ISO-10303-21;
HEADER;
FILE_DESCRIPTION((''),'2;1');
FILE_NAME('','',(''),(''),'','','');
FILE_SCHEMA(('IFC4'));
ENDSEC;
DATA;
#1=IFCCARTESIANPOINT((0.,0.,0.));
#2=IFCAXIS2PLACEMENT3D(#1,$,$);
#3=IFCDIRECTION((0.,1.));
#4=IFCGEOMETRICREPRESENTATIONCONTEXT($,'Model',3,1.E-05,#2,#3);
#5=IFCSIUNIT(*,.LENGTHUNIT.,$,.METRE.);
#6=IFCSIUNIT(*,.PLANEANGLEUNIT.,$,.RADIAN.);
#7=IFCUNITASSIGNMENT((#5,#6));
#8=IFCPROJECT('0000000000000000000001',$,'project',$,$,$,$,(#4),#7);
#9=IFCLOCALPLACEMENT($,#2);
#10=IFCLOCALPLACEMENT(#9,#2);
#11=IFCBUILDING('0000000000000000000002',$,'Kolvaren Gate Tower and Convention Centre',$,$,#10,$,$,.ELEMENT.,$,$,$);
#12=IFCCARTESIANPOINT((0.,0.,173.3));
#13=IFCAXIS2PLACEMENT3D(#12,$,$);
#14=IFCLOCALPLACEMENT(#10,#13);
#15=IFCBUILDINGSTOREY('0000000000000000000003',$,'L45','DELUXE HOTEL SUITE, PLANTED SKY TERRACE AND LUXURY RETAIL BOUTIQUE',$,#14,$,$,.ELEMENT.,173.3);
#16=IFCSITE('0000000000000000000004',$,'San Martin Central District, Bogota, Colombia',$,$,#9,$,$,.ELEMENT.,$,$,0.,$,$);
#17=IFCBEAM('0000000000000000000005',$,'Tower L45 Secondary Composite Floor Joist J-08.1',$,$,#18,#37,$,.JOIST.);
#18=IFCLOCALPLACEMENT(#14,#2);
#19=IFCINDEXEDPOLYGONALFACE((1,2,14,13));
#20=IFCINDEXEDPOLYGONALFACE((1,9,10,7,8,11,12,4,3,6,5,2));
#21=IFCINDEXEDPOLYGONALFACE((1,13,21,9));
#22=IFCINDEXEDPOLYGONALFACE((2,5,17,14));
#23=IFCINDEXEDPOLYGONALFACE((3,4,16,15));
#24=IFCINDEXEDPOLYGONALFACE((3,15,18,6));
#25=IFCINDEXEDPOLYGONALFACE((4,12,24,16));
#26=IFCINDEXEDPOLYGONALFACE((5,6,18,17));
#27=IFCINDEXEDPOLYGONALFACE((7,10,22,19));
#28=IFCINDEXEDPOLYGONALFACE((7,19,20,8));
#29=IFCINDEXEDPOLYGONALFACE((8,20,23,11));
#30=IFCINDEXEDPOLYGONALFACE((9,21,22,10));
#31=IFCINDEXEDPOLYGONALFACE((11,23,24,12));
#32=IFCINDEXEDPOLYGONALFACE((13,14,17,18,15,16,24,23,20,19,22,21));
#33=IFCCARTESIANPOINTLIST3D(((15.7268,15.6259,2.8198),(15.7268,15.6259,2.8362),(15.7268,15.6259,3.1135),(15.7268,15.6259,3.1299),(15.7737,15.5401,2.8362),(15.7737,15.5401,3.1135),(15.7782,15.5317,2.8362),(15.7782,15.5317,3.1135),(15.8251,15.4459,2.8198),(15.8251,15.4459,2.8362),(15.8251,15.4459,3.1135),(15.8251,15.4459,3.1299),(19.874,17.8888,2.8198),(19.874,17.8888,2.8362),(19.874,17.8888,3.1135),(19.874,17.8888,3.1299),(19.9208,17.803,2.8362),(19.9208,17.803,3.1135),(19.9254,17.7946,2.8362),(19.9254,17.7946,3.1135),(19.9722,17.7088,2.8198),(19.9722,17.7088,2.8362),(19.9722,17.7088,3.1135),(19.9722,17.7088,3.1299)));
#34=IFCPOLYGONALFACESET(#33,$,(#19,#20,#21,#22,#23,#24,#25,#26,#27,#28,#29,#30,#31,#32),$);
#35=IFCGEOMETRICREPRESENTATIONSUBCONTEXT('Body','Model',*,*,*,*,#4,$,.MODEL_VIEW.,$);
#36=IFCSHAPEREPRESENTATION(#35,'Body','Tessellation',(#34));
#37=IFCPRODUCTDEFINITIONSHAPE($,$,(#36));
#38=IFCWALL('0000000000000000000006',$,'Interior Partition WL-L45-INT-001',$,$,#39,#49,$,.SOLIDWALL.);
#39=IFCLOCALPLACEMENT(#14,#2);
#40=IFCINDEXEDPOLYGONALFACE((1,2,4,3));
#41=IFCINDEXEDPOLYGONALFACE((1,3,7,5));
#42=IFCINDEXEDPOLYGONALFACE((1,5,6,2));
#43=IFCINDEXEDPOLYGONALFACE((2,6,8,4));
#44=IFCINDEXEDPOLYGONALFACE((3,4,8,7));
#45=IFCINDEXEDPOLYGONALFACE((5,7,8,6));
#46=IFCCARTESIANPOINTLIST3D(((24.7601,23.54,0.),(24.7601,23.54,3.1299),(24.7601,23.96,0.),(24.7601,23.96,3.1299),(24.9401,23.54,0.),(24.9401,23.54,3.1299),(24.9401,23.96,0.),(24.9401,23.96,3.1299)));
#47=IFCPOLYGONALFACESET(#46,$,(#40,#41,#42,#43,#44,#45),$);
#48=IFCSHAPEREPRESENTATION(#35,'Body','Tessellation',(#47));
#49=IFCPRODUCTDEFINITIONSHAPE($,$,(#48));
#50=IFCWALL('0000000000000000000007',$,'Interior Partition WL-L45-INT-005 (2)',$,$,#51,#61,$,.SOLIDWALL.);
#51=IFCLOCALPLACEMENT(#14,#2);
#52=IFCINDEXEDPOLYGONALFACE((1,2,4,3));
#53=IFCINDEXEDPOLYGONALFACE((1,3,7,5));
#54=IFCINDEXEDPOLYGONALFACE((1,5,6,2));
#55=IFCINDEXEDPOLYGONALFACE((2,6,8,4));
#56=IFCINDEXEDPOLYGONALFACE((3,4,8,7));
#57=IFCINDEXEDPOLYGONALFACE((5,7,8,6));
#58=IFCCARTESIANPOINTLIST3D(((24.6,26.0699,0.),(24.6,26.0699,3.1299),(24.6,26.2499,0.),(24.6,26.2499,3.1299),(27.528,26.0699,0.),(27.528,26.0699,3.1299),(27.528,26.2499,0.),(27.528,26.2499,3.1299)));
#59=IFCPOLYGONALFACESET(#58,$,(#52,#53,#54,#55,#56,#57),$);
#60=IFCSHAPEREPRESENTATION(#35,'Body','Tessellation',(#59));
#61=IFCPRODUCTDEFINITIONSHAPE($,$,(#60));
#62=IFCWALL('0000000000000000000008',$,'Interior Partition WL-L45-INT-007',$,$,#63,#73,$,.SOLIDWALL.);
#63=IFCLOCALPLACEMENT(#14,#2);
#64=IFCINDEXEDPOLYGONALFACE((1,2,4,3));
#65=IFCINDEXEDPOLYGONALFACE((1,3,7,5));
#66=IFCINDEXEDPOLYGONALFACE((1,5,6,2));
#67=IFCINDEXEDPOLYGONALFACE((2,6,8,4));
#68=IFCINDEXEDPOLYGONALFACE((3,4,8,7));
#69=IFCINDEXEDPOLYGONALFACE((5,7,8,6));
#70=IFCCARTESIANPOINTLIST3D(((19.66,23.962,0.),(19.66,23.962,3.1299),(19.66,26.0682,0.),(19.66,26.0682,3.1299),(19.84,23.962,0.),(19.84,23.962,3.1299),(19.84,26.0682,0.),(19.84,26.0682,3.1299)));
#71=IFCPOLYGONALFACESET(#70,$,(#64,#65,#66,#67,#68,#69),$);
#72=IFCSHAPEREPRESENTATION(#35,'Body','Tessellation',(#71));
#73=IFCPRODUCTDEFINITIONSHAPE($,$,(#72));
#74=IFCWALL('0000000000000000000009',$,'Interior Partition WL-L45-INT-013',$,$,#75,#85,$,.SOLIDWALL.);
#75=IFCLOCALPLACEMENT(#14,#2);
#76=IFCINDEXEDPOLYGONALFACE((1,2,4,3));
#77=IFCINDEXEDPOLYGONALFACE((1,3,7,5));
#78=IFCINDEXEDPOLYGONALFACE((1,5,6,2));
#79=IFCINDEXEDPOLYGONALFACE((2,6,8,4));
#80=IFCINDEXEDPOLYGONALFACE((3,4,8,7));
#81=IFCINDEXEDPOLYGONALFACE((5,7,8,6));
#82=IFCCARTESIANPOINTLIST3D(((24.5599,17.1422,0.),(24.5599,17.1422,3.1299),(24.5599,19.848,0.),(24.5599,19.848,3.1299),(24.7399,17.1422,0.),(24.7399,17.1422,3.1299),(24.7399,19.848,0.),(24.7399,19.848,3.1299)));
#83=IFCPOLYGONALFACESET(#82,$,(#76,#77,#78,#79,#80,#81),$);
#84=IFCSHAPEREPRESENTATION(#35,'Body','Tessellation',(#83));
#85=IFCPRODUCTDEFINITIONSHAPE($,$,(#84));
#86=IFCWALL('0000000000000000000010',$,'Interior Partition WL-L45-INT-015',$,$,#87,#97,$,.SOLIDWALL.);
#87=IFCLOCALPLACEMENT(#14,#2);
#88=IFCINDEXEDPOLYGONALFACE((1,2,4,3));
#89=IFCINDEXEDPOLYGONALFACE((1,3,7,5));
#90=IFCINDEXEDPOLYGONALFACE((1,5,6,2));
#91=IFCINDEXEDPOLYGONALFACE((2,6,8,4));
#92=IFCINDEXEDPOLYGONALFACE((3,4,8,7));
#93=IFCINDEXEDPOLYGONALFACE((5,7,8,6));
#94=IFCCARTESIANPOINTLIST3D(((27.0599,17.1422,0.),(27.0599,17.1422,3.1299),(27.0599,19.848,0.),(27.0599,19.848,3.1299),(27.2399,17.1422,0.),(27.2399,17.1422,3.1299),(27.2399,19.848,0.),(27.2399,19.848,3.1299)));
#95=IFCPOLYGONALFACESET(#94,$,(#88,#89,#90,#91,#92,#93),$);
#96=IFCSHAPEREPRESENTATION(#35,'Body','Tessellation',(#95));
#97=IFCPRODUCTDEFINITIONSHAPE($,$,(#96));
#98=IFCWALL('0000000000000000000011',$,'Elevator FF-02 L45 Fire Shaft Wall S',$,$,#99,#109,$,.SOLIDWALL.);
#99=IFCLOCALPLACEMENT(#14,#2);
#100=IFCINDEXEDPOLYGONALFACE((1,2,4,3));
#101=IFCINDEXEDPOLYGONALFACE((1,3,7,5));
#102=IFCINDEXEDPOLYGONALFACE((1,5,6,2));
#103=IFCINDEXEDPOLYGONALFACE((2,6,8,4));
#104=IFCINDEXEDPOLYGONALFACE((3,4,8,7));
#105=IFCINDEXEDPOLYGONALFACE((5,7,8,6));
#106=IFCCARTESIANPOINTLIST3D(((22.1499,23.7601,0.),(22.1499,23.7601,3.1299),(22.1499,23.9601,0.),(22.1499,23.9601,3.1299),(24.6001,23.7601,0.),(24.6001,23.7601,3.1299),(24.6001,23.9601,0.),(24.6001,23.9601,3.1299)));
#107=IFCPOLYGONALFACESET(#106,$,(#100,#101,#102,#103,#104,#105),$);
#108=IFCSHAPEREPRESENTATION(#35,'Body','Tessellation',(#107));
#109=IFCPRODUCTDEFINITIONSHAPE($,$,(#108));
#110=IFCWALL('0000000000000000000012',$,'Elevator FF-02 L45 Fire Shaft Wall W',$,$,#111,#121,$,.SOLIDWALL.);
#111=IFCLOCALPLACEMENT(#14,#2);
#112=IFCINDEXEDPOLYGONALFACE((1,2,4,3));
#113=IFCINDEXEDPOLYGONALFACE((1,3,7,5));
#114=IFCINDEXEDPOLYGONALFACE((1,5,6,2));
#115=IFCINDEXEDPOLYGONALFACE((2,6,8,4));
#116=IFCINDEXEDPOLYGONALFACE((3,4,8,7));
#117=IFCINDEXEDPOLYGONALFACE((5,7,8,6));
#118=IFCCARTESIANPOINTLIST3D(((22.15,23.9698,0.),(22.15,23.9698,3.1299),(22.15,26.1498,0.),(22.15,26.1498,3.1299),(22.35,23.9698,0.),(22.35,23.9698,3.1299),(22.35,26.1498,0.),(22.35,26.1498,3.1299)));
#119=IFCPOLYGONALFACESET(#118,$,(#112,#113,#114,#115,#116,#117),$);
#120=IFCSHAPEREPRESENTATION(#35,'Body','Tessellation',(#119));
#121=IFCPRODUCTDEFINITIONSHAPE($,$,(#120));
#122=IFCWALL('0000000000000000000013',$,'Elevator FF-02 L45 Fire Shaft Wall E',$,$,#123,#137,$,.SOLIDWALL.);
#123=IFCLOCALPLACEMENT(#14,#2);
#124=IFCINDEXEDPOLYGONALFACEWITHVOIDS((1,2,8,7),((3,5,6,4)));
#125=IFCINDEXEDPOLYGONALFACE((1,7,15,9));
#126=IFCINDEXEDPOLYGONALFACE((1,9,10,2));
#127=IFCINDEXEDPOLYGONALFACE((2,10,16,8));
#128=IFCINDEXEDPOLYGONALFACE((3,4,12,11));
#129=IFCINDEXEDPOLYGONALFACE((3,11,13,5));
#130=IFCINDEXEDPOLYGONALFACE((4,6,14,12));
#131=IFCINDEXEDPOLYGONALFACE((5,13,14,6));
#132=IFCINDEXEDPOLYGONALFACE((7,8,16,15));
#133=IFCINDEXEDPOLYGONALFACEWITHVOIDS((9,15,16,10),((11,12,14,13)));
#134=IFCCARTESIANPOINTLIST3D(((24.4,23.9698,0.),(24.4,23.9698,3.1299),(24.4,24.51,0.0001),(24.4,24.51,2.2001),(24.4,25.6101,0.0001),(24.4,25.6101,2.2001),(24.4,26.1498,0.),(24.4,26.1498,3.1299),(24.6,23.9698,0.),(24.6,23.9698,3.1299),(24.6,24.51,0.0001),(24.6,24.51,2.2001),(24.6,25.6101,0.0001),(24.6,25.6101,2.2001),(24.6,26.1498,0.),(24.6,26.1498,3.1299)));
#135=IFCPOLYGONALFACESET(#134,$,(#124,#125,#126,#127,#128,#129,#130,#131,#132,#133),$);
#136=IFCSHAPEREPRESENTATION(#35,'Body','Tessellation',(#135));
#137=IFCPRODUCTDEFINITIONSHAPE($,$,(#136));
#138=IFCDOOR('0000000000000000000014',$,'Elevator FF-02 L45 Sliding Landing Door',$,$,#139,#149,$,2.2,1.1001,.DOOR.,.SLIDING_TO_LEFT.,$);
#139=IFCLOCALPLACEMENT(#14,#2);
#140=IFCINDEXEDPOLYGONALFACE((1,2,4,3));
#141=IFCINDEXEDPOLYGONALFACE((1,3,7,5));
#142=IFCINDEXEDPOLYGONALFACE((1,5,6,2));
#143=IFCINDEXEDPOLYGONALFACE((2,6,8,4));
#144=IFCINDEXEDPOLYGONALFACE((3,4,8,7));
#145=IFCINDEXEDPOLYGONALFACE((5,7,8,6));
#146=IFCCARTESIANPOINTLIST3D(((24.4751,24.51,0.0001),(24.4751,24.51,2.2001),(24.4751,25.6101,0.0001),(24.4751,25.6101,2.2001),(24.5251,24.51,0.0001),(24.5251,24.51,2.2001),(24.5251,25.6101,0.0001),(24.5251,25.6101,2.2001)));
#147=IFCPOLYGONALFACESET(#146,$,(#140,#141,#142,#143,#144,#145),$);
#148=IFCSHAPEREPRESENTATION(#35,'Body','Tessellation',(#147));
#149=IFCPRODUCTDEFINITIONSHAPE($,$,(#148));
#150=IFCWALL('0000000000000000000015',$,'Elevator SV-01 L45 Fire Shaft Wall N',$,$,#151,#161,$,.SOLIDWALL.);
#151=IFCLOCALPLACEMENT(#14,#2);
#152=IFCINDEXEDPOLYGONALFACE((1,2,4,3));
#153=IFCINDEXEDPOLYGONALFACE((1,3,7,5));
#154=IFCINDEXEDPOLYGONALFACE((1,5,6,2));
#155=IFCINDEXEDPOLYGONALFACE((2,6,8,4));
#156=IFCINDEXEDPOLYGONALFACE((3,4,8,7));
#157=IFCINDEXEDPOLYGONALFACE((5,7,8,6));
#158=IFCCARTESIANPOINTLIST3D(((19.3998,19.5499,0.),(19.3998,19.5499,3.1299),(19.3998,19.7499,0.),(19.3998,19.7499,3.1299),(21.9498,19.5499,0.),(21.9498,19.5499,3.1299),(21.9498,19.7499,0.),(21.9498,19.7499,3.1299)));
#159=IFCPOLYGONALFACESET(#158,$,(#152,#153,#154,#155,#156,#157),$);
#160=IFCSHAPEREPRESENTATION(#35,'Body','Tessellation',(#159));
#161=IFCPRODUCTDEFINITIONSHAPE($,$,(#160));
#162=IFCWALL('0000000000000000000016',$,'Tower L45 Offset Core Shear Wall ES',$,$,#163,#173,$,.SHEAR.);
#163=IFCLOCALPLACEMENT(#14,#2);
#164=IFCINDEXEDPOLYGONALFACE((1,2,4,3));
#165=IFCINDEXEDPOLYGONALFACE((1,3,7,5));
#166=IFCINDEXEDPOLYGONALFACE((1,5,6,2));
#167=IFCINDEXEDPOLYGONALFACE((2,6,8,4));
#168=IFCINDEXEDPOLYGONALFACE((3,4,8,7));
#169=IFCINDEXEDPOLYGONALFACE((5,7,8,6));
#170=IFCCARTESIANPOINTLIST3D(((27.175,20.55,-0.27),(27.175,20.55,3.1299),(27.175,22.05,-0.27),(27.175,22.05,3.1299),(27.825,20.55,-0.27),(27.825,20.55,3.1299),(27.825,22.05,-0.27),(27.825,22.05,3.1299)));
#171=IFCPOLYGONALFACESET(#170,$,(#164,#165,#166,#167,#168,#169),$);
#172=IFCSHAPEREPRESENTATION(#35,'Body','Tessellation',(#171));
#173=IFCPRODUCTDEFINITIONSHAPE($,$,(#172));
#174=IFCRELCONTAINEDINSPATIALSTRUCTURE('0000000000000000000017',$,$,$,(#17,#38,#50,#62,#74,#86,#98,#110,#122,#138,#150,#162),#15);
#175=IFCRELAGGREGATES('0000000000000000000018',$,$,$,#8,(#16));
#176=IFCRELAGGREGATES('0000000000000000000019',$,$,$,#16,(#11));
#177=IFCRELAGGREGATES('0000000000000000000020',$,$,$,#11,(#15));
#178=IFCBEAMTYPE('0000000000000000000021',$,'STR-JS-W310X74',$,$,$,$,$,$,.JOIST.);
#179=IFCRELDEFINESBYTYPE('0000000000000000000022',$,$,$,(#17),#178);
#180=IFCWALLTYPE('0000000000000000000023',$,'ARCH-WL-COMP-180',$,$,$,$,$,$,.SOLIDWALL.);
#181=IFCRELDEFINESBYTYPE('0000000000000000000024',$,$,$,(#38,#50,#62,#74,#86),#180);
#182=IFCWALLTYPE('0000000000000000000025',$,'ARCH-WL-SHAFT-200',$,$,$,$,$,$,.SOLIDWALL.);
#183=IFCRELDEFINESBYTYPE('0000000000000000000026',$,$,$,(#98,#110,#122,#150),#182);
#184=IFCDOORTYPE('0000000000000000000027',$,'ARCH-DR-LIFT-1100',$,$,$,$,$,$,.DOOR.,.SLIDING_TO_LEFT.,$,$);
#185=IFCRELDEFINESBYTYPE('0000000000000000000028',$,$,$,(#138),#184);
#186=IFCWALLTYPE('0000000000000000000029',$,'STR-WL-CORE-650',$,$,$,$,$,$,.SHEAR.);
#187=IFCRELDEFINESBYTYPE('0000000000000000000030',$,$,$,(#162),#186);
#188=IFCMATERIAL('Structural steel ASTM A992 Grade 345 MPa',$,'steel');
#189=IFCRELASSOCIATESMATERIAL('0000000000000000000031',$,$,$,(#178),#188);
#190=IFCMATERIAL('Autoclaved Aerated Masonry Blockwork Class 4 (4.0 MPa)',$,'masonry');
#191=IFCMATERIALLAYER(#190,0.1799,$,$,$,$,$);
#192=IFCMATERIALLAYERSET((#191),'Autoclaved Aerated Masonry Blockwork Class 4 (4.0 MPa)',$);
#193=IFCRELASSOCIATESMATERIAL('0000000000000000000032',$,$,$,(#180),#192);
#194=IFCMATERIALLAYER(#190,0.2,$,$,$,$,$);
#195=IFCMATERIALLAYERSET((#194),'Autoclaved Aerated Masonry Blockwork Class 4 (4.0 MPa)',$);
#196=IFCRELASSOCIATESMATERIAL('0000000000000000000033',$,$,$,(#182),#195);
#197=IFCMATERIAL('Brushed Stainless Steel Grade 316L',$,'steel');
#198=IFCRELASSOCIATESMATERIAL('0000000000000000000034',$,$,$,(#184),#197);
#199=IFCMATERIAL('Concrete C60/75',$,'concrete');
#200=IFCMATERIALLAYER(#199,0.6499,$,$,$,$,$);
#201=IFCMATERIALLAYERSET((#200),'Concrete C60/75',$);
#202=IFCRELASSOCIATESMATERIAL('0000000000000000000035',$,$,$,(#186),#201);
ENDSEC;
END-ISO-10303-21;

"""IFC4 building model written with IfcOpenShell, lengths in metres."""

from ifc_helpers import new_model, si_unit, direction, frame, frame_2d, origin, origin_2d, place, context, subcontext, project, spatial, rectangle, i_section, extrude, material, layer, layer_set, material_profile, profile_set, type_object, element, fill, save


model = new_model("IFC4")

# Units and contexts
model_context = context("Model", 3, precision=1e-05, world=origin(), true_north=direction((0.0, 1.0)))
body_context = subcontext(model_context, "Body", "Model", "MODEL_VIEW")
ifc_project = project(units=[si_unit("LENGTHUNIT", "METRE"), si_unit("PLANEANGLEUNIT", "RADIAN")], contexts=[model_context])

# Site, building, storey
site_placement = place(None, origin())
site = spatial("IfcSite", under=ifc_project, at=site_placement, Name="San Martin Central District, Bogota, Colombia", CompositionType="ELEMENT", RefElevation=0.0)
building_placement = place(site_placement, origin())
building = spatial("IfcBuilding", under=site, at=building_placement, Name="Kolvaren Gate Tower and Convention Centre", CompositionType="ELEMENT")
storey_placement = place(building_placement, frame((0.0, 0.0, 173.3)))
storey = spatial("IfcBuildingStorey", under=building, at=storey_placement, Name="L45", Description="DELUXE HOTEL SUITE, PLANTED SKY TERRACE AND LUXURY RETAIL BOUTIQUE", CompositionType="ELEMENT", Elevation=173.3)

# Beam
ifc_material_1 = material(Name="Structural steel ASTM A992 Grade 345 MPa", Category="steel")
ifc_material_profile = material_profile(ifc_material_1, i_section(OverallWidth=0.2051, OverallDepth=0.3101, WebThickness=0.0095, FlangeThickness=0.0164, at=origin_2d()), Name="W310X74")
ifc_profile_set = profile_set([ifc_material_profile], Name="Structural steel ASTM A992 Grade 345 MPa")
beam_type = type_object("IfcBeamType", Name="STR-JS-W310X74", PredefinedType="JOIST", material=ifc_profile_set)
beam_placement = place(storey_placement, frame((19.9231, 17.7988, 2.9749), z_axis=(-0.877822, -0.478986, 0.0), x_axis=(0.478986, -0.877822, 0.0)))
element("IfcBeam", 1, at=beam_placement, inside=storey, type_object=beam_type, Name="Tower L45 Secondary Composite Floor Joist J-08.1", PredefinedType="JOIST", context=body_context, shape_type="SweptSolid", body=[
    extrude(i_section(OverallWidth=0.2051, OverallDepth=0.3101, WebThickness=0.0095, FlangeThickness=0.0164, at=origin_2d()), origin(), (0.0, 0.0, 1.0), 4.7244),
])

# Walls
ifc_material_2 = material(Name="Autoclaved Aerated Masonry Blockwork Class 4 (4.0 MPa)", Category="masonry")
ifc_layer_1 = layer(ifc_material_2, 0.1799)
ifc_layer_set_1 = layer_set([ifc_layer_1], Name="Autoclaved Aerated Masonry Blockwork Class 4 (4.0 MPa)")
wall_type_1 = type_object("IfcWallType", Name="ARCH-WL-COMP-180", PredefinedType="SOLIDWALL", material=ifc_layer_set_1)
wall_1_placement = place(storey_placement, frame((24.8501, 23.54, 0.0), z_axis=(0.0, 0.0, 1.0), x_axis=(0.0, 1.0, 0.0)))
element("IfcWall", 2, at=wall_1_placement, inside=storey, type_object=wall_type_1, Name="Interior Partition WL-L45-INT-001", PredefinedType="SOLIDWALL", context=body_context, shape_type="SweptSolid", body=[
    extrude(rectangle(XDim=0.4199, YDim=0.1799, at=frame_2d((0.21, 0.0))), origin(), (0.0, 0.0, 1.0), 3.1299),
])
wall_2_placement = place(storey_placement, frame((24.6001, 26.1599, 0.0), z_axis=(0.0, 0.0, 1.0), x_axis=(1.0, 0.0, 0.0)))
element("IfcWall", 3, at=wall_2_placement, inside=storey, type_object=wall_type_1, Name="Interior Partition WL-L45-INT-005 (2)", PredefinedType="SOLIDWALL", context=body_context, shape_type="SweptSolid", body=[
    extrude(rectangle(XDim=2.928, YDim=0.1799, at=frame_2d((1.4639, 0.0))), origin(), (0.0, 0.0, 1.0), 3.1299),
])
wall_3_placement = place(storey_placement, frame((19.75, 23.9619, 0.0), z_axis=(0.0, 0.0, 1.0), x_axis=(0.0, 1.0, 0.0)))
element("IfcWall", 4, at=wall_3_placement, inside=storey, type_object=wall_type_1, Name="Interior Partition WL-L45-INT-007", PredefinedType="SOLIDWALL", context=body_context, shape_type="SweptSolid", body=[
    extrude(rectangle(XDim=2.1062, YDim=0.1799, at=frame_2d((1.0532, 0.0))), origin(), (0.0, 0.0, 1.0), 3.1299),
])
for number, where, z_axis, x_axis, name in (
    (5, (24.6499, 17.1421, 0.0), (0.0, 0.0, 1.0), (0.0, 1.0, 0.0), "Interior Partition WL-L45-INT-013"),
    (6, (27.1499, 17.1421, 0.0), (0.0, 0.0, 1.0), (0.0, 1.0, 0.0), "Interior Partition WL-L45-INT-015"),
):
    element("IfcWall", number, at=place(storey_placement, frame(where, z_axis=z_axis, x_axis=x_axis)), inside=storey, type_object=wall_type_1, Name=name, PredefinedType="SOLIDWALL", context=body_context, shape_type="SweptSolid", body=[
        extrude(rectangle(XDim=2.7058, YDim=0.1799, at=frame_2d((1.353, 0.0))), origin(), (0.0, 0.0, 1.0), 3.1299),
    ])
ifc_layer_2 = layer(ifc_material_2, 0.2)
ifc_layer_set_2 = layer_set([ifc_layer_2], Name="Autoclaved Aerated Masonry Blockwork Class 4 (4.0 MPa)")
wall_type_2 = type_object("IfcWallType", Name="ARCH-WL-SHAFT-200", PredefinedType="SOLIDWALL", material=ifc_layer_set_2)
wall_4_placement = place(storey_placement, frame((22.1499, 23.8601, 0.0), z_axis=(0.0, 0.0, 1.0), x_axis=(1.0, 0.0, 0.0)))
element("IfcWall", 7, at=wall_4_placement, inside=storey, type_object=wall_type_2, Name="Elevator FF-02 L45 Fire Shaft Wall S", PredefinedType="SOLIDWALL", context=body_context, shape_type="SweptSolid", body=[
    extrude(rectangle(XDim=2.4502, YDim=0.2, at=frame_2d((1.2251, 0.0))), origin(), (0.0, 0.0, 1.0), 3.1299),
])
wall_5_placement = place(storey_placement, frame((22.25, 23.97, 0.0), z_axis=(0.0, 0.0, 1.0), x_axis=(0.0, 1.0, 0.0)))
element("IfcWall", 8, at=wall_5_placement, inside=storey, type_object=wall_type_2, Name="Elevator FF-02 L45 Fire Shaft Wall W", PredefinedType="SOLIDWALL", context=body_context, shape_type="SweptSolid", body=[
    extrude(rectangle(XDim=2.1799, YDim=0.2, at=frame_2d((1.0898, 0.0))), origin(), (0.0, 0.0, 1.0), 3.1299),
])

# Wall, opening, door
wall_6_placement = place(storey_placement, frame((24.5, 23.97, 0.0), z_axis=(0.0, 0.0, 1.0), x_axis=(0.0, 1.0, 0.0)))
wall_6 = element("IfcWall", 9, at=wall_6_placement, inside=storey, type_object=wall_type_2, Name="Elevator FF-02 L45 Fire Shaft Wall E", PredefinedType="SOLIDWALL", context=body_context, shape_type="SweptSolid", body=[
    extrude(rectangle(XDim=2.1799, YDim=0.2, at=frame_2d((1.0898, 0.0))), origin(), (0.0, 0.0, 1.0), 3.1299),
])
opening_1_placement = place(wall_6_placement, frame((0.54, 0.0, 0.0)))
opening_1 = element("IfcOpeningElement", 10, at=opening_1_placement, cuts=wall_6, PredefinedType="OPENING", context=body_context, shape_type="SweptSolid", body=[
    extrude(rectangle(XDim=1.1001, YDim=2.2, at=frame_2d((0.55, 1.1001))), frame((0.0, 0.1099, 0.0), z_axis=(0.0, -1.0, 0.0), x_axis=(1.0, 0.0, 0.0)), (0.0, 0.0, 1.0), 0.22),
])
ifc_material_3 = material(Name="Brushed Stainless Steel Grade 316L", Category="steel")
door_type_1 = type_object("IfcDoorType", Name="ARCH-DR-LIFT-1100", OperationType="SLIDING_TO_LEFT", PredefinedType="DOOR", material=ifc_material_3)
door_1_placement = place(opening_1_placement, origin())
door_1 = element("IfcDoor", 11, at=door_1_placement, inside=storey, type_object=door_type_1, Name="Elevator FF-02 L45 Sliding Landing Door", OperationType="SLIDING_TO_LEFT", OverallHeight=2.2, OverallWidth=1.1001, PredefinedType="DOOR", context=body_context, shape_type="SweptSolid", body=[
    extrude(rectangle(XDim=1.1001, YDim=2.2, at=frame_2d((0.55, 1.1001))), frame((0.0, 0.0249, 0.0), z_axis=(0.0, -1.0, 0.0), x_axis=(1.0, 0.0, 0.0)), (0.0, 0.0, 1.0), 0.05),
])
fill(opening_1, door_1)

# Walls
wall_7_placement = place(storey_placement, frame((19.3999, 19.6499, 0.0), z_axis=(0.0, 0.0, 1.0), x_axis=(1.0, 0.0, 0.0)))
element("IfcWall", 12, at=wall_7_placement, inside=storey, type_object=wall_type_2, Name="Elevator SV-01 L45 Fire Shaft Wall N", PredefinedType="SOLIDWALL", context=body_context, shape_type="SweptSolid", body=[
    extrude(rectangle(XDim=2.55, YDim=0.2, at=frame_2d((1.2749, 0.0))), origin(), (0.0, 0.0, 1.0), 3.1299),
])
ifc_material_4 = material(Name="Concrete C60/75", Category="concrete")
ifc_layer_3 = layer(ifc_material_4, 0.6499)
ifc_layer_set_3 = layer_set([ifc_layer_3], Name="Concrete C60/75")
wall_type_3 = type_object("IfcWallType", Name="STR-WL-CORE-650", PredefinedType="SHEAR", material=ifc_layer_set_3)
wall_8_placement = place(storey_placement, frame((27.5, 20.55, -0.27), z_axis=(0.0, 0.0, 1.0), x_axis=(0.0, 1.0, 0.0)))
element("IfcWall", 13, at=wall_8_placement, inside=storey, type_object=wall_type_3, Name="Tower L45 Offset Core Shear Wall ES", PredefinedType="SHEAR", context=body_context, shape_type="SweptSolid", body=[
    extrude(rectangle(XDim=1.5, YDim=0.6499, at=frame_2d((0.75, 0.0))), origin(), (0.0, 0.0, 1.0), 3.3999),
])

save(model, "model.ifc")
